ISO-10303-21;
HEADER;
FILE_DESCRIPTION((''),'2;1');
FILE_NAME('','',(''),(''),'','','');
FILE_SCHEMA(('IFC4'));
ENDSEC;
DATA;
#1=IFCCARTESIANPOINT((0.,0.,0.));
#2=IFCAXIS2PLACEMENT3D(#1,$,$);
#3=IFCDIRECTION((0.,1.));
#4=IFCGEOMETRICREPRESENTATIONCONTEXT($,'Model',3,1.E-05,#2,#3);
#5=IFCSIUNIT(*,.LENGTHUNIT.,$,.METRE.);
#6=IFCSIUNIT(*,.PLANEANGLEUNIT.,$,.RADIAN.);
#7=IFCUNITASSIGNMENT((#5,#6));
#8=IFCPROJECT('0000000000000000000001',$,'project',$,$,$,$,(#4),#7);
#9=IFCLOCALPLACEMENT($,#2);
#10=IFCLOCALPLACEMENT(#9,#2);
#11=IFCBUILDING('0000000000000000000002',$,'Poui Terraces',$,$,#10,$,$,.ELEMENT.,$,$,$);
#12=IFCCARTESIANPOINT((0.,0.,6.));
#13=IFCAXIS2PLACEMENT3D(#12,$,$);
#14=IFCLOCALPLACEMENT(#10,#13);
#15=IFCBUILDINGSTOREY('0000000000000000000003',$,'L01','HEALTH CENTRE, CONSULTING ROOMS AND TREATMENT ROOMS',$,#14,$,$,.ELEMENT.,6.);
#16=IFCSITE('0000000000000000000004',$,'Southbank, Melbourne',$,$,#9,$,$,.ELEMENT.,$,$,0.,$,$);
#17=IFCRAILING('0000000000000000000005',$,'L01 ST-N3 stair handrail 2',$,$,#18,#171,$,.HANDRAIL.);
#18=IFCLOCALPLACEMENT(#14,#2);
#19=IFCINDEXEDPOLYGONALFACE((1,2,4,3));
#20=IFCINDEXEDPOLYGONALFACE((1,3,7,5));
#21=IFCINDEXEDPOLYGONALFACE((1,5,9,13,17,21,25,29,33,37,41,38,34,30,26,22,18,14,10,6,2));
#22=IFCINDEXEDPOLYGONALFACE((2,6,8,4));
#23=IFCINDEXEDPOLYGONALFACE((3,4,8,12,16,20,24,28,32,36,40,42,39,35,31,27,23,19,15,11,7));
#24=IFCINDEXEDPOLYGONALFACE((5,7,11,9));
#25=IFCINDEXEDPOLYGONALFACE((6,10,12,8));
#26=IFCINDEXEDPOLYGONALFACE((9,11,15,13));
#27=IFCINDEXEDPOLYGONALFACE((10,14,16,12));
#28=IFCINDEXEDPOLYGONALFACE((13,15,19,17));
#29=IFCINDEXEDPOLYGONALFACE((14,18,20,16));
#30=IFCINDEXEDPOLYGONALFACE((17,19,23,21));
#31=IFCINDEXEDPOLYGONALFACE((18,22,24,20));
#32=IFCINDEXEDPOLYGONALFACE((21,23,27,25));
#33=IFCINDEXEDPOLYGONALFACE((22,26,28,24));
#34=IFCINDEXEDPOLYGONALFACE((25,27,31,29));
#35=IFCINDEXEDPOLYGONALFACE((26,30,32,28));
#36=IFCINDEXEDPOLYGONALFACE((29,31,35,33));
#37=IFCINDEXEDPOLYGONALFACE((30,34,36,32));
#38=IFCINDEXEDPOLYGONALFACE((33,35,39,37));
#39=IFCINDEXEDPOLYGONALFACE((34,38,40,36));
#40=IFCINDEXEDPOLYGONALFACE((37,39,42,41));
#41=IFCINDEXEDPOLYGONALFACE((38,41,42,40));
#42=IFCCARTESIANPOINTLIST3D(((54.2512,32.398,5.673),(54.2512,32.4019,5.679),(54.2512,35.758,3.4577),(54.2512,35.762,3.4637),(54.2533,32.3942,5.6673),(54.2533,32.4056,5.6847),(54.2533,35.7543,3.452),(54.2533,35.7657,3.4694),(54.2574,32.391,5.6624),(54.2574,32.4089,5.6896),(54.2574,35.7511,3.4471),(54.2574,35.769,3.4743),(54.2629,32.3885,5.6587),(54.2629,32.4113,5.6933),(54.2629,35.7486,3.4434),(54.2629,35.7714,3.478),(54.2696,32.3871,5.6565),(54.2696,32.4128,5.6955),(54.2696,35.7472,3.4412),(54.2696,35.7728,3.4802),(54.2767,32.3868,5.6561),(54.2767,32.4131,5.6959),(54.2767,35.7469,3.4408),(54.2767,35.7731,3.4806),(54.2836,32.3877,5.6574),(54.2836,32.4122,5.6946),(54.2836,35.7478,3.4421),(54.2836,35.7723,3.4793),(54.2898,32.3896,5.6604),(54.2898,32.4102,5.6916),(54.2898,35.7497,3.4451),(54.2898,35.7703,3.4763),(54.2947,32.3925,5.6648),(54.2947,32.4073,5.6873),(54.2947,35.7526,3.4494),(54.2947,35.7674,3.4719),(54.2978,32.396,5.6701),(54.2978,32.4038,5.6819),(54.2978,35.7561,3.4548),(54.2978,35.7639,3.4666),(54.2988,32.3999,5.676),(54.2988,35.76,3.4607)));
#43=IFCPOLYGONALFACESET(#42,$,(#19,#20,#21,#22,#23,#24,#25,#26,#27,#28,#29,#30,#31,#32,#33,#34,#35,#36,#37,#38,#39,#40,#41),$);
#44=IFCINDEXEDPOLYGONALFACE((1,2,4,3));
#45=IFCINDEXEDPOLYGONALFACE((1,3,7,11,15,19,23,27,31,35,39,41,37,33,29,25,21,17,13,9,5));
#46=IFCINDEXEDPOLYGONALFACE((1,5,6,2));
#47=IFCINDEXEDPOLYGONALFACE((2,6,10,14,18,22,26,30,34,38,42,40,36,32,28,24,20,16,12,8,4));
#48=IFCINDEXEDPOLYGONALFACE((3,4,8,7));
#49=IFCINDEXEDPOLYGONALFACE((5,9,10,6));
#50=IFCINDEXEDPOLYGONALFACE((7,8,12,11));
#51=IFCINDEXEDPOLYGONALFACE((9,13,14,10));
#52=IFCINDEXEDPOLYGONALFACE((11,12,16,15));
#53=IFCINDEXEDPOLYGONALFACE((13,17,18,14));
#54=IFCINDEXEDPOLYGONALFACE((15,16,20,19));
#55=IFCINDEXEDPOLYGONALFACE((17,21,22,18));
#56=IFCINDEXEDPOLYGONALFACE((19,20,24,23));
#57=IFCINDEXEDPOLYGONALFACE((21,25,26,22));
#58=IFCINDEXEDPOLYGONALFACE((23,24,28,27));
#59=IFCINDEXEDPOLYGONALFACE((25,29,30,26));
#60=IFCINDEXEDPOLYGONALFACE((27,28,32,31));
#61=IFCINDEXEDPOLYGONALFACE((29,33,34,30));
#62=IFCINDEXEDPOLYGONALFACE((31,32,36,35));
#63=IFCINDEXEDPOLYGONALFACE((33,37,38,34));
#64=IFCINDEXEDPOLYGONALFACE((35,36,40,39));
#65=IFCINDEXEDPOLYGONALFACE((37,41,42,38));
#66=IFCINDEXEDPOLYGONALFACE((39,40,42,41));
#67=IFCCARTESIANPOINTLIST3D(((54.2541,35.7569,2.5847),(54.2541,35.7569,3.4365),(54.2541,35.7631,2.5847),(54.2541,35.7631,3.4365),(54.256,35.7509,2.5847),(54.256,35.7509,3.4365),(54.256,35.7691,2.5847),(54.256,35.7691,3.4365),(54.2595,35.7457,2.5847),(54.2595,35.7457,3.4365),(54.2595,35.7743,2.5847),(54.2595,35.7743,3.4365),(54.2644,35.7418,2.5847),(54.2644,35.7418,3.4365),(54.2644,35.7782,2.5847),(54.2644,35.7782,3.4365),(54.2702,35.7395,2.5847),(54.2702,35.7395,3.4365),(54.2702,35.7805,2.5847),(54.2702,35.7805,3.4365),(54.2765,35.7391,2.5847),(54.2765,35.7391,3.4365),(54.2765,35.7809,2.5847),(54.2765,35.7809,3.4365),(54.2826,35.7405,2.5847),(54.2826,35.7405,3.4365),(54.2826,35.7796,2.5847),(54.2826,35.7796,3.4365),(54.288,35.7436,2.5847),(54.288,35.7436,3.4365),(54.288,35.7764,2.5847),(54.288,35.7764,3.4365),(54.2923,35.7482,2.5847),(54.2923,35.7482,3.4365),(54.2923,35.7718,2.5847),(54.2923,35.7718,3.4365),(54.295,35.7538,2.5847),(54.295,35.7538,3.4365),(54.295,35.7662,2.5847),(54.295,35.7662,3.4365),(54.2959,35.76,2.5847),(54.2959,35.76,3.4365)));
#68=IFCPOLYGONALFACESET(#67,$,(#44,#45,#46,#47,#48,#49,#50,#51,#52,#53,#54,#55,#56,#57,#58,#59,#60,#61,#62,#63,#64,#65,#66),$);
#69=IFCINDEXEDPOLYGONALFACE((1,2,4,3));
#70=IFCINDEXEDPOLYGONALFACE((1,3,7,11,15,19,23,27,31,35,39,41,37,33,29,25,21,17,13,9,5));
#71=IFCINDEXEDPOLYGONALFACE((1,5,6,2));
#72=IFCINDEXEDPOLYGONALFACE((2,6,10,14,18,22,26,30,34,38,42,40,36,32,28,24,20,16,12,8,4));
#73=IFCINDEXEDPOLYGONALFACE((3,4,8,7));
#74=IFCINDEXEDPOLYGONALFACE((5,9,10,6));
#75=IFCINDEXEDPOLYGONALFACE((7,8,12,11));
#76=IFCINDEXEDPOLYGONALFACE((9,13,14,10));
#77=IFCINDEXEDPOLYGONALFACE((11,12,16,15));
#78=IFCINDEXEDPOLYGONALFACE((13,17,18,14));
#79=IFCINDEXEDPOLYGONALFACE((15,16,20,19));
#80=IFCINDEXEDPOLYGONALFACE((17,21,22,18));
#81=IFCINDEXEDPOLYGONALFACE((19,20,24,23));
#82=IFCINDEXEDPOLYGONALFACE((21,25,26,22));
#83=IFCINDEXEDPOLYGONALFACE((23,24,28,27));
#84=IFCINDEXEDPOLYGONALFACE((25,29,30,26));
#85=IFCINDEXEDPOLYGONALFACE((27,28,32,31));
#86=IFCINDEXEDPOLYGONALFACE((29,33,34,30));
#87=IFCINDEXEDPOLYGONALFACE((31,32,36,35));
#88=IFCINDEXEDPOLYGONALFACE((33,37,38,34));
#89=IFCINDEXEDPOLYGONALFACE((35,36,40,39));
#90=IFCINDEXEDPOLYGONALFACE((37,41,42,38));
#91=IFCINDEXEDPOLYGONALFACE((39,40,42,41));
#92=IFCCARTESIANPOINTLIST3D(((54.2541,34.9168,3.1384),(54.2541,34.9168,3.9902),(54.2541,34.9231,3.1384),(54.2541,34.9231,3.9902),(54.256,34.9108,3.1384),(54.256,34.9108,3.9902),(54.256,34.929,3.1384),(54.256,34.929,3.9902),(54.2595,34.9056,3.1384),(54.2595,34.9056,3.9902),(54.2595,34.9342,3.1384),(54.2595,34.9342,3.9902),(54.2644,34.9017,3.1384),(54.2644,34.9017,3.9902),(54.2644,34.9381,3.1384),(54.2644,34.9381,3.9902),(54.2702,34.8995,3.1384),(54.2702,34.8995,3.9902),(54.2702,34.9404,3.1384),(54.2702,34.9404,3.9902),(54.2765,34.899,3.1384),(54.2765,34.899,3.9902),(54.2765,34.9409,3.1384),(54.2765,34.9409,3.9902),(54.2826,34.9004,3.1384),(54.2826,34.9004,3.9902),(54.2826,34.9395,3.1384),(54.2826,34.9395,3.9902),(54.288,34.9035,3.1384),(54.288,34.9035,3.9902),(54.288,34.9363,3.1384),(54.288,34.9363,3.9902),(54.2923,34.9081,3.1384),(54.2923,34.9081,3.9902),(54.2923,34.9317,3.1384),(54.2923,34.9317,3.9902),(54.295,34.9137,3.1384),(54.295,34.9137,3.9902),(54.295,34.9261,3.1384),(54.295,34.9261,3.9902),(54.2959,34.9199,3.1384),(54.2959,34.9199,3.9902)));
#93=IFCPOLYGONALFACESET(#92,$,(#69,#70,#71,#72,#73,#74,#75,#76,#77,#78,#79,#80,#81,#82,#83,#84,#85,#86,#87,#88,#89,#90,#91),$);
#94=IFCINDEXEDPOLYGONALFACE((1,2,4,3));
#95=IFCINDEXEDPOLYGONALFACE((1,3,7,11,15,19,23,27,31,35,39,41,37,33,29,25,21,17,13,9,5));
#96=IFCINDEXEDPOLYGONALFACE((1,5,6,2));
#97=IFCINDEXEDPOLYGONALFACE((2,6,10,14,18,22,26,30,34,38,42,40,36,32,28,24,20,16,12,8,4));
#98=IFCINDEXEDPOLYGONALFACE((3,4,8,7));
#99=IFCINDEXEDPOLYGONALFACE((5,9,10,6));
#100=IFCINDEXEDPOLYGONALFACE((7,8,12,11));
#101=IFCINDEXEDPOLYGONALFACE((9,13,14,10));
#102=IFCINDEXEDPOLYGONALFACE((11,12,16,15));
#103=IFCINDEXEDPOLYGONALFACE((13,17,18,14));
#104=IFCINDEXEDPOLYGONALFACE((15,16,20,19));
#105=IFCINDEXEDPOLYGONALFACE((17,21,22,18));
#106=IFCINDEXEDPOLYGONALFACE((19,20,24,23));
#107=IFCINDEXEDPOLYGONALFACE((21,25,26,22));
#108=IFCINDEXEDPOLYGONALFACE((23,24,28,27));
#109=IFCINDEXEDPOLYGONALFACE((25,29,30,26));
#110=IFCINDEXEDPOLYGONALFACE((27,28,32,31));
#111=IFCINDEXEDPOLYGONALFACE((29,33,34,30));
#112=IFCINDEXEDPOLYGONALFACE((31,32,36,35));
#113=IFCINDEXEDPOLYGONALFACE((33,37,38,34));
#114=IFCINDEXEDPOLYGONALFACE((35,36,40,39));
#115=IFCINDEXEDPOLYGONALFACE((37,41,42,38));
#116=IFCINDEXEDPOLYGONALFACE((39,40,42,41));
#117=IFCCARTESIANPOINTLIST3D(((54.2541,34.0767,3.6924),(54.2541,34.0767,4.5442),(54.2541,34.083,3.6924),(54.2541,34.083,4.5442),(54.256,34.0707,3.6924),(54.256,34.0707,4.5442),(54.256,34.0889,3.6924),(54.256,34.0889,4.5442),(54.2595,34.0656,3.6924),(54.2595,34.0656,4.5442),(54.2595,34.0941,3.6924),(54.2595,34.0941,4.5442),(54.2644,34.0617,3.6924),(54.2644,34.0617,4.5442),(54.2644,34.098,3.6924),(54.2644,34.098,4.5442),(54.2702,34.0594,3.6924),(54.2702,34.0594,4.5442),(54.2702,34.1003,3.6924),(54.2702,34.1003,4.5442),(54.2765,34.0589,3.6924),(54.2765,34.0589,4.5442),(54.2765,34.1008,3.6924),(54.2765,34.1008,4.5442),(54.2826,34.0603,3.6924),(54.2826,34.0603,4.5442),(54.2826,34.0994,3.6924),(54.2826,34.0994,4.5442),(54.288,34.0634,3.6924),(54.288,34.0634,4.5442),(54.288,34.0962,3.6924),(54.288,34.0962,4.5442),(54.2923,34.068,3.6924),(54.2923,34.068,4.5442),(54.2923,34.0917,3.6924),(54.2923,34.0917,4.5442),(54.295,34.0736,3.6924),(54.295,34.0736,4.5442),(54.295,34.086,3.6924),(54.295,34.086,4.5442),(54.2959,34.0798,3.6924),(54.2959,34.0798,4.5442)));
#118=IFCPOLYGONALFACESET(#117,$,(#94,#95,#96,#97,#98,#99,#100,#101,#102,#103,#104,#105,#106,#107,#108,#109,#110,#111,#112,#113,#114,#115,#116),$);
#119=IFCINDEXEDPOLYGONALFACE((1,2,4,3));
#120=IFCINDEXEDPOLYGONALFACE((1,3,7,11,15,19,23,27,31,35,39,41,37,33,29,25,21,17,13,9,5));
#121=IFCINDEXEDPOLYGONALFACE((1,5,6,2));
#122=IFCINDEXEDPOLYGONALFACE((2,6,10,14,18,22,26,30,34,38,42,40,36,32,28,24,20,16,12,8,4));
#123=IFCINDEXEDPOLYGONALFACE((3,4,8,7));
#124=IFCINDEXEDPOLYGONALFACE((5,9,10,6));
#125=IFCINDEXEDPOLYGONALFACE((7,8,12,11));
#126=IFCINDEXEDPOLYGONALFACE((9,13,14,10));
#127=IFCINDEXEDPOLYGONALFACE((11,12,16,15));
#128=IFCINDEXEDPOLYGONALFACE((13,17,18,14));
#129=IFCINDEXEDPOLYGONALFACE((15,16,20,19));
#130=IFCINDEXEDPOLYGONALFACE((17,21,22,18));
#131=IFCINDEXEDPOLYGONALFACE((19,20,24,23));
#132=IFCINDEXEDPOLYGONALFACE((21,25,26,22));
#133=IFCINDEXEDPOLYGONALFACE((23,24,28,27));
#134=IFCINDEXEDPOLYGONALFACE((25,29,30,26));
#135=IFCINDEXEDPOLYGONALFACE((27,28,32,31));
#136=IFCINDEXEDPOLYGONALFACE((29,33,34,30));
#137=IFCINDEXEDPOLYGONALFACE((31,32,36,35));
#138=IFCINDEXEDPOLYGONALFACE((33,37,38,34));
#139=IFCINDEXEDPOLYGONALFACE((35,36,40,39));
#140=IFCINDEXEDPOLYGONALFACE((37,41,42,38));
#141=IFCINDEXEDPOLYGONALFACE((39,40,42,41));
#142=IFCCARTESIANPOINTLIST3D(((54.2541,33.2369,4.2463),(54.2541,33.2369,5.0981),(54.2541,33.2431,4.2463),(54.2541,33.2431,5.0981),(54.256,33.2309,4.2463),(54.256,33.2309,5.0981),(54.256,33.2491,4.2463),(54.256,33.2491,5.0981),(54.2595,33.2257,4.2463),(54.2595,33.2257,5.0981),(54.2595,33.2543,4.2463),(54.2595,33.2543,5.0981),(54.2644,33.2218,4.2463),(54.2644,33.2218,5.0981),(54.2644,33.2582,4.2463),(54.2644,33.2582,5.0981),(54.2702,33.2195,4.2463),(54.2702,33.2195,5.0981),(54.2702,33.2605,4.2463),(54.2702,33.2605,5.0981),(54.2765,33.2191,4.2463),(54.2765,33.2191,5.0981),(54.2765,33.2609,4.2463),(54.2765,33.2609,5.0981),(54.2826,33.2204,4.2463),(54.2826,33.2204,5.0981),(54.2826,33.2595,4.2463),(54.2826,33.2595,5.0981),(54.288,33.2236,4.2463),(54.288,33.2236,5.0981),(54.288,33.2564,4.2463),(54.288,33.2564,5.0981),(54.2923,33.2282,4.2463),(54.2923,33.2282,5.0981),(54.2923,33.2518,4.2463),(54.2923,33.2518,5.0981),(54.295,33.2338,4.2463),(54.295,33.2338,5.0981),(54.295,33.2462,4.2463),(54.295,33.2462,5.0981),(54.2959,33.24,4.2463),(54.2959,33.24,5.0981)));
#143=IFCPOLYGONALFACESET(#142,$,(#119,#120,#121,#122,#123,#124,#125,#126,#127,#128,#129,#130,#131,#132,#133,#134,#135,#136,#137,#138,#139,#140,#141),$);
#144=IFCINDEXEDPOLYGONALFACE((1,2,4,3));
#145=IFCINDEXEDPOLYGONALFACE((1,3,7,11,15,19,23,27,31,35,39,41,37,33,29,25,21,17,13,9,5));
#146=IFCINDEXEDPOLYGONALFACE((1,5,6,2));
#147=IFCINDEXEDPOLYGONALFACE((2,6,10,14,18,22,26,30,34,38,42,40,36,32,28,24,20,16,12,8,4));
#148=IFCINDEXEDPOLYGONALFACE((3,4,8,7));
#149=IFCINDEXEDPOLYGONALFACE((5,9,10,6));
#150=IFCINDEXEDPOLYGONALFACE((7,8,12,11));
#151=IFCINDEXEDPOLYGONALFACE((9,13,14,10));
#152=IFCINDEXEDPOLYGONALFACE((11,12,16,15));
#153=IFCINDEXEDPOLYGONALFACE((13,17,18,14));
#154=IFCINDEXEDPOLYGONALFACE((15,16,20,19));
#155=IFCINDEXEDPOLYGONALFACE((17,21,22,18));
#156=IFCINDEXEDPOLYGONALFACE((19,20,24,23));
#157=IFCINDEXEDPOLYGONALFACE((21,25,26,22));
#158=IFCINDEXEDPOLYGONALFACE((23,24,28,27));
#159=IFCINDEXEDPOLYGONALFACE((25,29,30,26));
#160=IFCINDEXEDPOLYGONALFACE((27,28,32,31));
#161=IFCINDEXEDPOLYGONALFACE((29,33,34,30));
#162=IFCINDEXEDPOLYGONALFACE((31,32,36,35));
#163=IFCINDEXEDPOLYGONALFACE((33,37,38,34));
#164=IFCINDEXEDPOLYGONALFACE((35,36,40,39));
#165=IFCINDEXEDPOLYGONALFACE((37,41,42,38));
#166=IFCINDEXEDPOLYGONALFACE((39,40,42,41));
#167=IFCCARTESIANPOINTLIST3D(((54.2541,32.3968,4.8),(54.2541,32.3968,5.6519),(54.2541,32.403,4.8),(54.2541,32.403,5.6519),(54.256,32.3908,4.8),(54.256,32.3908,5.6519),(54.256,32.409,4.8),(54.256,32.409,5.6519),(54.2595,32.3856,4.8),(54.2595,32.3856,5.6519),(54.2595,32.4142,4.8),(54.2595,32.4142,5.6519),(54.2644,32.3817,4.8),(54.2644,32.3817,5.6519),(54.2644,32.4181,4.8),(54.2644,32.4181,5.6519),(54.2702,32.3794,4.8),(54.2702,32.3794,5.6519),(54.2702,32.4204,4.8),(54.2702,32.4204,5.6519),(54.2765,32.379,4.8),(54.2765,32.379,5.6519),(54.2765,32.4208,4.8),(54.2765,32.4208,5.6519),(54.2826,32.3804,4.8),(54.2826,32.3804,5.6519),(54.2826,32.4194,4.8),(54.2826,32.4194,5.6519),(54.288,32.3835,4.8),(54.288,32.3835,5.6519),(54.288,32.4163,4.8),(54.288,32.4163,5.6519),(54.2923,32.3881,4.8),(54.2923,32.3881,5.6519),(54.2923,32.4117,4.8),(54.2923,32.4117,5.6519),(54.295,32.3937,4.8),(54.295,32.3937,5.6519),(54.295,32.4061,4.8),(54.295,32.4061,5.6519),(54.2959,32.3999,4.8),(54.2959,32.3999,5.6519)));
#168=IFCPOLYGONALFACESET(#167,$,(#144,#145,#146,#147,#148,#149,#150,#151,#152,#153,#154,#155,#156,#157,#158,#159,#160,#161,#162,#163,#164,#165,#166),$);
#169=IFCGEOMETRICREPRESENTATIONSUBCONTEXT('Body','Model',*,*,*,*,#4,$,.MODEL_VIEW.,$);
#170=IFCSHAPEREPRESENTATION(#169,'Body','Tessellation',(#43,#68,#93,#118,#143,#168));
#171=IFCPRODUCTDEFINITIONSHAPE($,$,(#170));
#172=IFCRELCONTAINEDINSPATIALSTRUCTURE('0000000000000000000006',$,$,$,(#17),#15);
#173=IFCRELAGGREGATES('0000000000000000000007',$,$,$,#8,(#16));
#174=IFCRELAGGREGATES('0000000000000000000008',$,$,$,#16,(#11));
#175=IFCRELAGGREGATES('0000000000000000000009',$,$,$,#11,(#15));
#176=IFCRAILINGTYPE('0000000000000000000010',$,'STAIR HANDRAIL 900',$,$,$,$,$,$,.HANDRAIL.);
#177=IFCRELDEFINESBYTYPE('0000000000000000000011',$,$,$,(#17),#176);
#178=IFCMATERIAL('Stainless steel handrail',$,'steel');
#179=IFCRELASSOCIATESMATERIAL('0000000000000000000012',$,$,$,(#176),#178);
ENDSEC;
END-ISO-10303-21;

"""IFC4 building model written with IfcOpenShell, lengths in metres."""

from ifc_helpers import new_model, si_unit, direction, frame, origin, origin_2d, place, context, subcontext, project, spatial, circle, extrude, material, type_object, element, save


model = new_model("IFC4")

# Units and contexts
model_context = context("Model", 3, precision=1e-05, world=origin(), true_north=direction((0.0, 1.0)))
body_context = subcontext(model_context, "Body", "Model", "MODEL_VIEW")
ifc_project = project(units=[si_unit("LENGTHUNIT", "METRE"), si_unit("PLANEANGLEUNIT", "RADIAN")], contexts=[model_context])

# Site, building, storey
site_placement = place(None, origin())
site = spatial("IfcSite", under=ifc_project, at=site_placement, Name="Southbank, Melbourne", CompositionType="ELEMENT", RefElevation=0.0)
building_placement = place(site_placement, origin())
building = spatial("IfcBuilding", under=site, at=building_placement, Name="Poui Terraces", CompositionType="ELEMENT")
storey_placement = place(building_placement, frame((0.0, 0.0, 6.0)))
storey = spatial("IfcBuildingStorey", under=building, at=storey_placement, Name="L01", Description="HEALTH CENTRE, CONSULTING ROOMS AND TREATMENT ROOMS", CompositionType="ELEMENT", Elevation=6.0)

# Railing
ifc_material_1 = material(Name="Stainless steel handrail", Category="steel")
railing_type_1 = type_object("IfcRailingType", Name="STAIR HANDRAIL 900", PredefinedType="HANDRAIL", material=ifc_material_1)
railing_1_placement = place(storey_placement, frame((54.2749, 35.76, 2.5847)))
element("IfcRailing", 1, at=railing_1_placement, inside=storey, type_object=railing_type_1, Name="L01 ST-N3 stair handrail 2", PredefinedType="HANDRAIL", context=body_context, shape_type="SweptSolid", body=[
    extrude(circle(Radius=0.0239, at=origin_2d()), frame((0.0, 0.0, 0.876), z_axis=(0.0, -0.834876, 0.550437), x_axis=(1.0, 0.0, 0.0)), (0.0, 0.0, 1.0), 4.0247),
    extrude(circle(Radius=0.021, at=origin_2d()), origin(), (0.0, 0.0, 1.0), 0.8518),
    extrude(circle(Radius=0.021, at=origin_2d()), frame((0.0, -0.8401, 0.5537)), (0.0, 0.0, 1.0), 0.8518),
    extrude(circle(Radius=0.021, at=origin_2d()), frame((0.0, -1.6802, 1.1077)), (0.0, 0.0, 1.0), 0.8518),
    extrude(circle(Radius=0.021, at=origin_2d()), frame((0.0, -2.52, 1.6616)), (0.0, 0.0, 1.0), 0.8518),
    extrude(circle(Radius=0.021, at=origin_2d()), frame((0.0, -3.3601, 2.2153)), (0.0, 0.0, 1.0), 0.8518),
])

save(model, "model.ifc")
